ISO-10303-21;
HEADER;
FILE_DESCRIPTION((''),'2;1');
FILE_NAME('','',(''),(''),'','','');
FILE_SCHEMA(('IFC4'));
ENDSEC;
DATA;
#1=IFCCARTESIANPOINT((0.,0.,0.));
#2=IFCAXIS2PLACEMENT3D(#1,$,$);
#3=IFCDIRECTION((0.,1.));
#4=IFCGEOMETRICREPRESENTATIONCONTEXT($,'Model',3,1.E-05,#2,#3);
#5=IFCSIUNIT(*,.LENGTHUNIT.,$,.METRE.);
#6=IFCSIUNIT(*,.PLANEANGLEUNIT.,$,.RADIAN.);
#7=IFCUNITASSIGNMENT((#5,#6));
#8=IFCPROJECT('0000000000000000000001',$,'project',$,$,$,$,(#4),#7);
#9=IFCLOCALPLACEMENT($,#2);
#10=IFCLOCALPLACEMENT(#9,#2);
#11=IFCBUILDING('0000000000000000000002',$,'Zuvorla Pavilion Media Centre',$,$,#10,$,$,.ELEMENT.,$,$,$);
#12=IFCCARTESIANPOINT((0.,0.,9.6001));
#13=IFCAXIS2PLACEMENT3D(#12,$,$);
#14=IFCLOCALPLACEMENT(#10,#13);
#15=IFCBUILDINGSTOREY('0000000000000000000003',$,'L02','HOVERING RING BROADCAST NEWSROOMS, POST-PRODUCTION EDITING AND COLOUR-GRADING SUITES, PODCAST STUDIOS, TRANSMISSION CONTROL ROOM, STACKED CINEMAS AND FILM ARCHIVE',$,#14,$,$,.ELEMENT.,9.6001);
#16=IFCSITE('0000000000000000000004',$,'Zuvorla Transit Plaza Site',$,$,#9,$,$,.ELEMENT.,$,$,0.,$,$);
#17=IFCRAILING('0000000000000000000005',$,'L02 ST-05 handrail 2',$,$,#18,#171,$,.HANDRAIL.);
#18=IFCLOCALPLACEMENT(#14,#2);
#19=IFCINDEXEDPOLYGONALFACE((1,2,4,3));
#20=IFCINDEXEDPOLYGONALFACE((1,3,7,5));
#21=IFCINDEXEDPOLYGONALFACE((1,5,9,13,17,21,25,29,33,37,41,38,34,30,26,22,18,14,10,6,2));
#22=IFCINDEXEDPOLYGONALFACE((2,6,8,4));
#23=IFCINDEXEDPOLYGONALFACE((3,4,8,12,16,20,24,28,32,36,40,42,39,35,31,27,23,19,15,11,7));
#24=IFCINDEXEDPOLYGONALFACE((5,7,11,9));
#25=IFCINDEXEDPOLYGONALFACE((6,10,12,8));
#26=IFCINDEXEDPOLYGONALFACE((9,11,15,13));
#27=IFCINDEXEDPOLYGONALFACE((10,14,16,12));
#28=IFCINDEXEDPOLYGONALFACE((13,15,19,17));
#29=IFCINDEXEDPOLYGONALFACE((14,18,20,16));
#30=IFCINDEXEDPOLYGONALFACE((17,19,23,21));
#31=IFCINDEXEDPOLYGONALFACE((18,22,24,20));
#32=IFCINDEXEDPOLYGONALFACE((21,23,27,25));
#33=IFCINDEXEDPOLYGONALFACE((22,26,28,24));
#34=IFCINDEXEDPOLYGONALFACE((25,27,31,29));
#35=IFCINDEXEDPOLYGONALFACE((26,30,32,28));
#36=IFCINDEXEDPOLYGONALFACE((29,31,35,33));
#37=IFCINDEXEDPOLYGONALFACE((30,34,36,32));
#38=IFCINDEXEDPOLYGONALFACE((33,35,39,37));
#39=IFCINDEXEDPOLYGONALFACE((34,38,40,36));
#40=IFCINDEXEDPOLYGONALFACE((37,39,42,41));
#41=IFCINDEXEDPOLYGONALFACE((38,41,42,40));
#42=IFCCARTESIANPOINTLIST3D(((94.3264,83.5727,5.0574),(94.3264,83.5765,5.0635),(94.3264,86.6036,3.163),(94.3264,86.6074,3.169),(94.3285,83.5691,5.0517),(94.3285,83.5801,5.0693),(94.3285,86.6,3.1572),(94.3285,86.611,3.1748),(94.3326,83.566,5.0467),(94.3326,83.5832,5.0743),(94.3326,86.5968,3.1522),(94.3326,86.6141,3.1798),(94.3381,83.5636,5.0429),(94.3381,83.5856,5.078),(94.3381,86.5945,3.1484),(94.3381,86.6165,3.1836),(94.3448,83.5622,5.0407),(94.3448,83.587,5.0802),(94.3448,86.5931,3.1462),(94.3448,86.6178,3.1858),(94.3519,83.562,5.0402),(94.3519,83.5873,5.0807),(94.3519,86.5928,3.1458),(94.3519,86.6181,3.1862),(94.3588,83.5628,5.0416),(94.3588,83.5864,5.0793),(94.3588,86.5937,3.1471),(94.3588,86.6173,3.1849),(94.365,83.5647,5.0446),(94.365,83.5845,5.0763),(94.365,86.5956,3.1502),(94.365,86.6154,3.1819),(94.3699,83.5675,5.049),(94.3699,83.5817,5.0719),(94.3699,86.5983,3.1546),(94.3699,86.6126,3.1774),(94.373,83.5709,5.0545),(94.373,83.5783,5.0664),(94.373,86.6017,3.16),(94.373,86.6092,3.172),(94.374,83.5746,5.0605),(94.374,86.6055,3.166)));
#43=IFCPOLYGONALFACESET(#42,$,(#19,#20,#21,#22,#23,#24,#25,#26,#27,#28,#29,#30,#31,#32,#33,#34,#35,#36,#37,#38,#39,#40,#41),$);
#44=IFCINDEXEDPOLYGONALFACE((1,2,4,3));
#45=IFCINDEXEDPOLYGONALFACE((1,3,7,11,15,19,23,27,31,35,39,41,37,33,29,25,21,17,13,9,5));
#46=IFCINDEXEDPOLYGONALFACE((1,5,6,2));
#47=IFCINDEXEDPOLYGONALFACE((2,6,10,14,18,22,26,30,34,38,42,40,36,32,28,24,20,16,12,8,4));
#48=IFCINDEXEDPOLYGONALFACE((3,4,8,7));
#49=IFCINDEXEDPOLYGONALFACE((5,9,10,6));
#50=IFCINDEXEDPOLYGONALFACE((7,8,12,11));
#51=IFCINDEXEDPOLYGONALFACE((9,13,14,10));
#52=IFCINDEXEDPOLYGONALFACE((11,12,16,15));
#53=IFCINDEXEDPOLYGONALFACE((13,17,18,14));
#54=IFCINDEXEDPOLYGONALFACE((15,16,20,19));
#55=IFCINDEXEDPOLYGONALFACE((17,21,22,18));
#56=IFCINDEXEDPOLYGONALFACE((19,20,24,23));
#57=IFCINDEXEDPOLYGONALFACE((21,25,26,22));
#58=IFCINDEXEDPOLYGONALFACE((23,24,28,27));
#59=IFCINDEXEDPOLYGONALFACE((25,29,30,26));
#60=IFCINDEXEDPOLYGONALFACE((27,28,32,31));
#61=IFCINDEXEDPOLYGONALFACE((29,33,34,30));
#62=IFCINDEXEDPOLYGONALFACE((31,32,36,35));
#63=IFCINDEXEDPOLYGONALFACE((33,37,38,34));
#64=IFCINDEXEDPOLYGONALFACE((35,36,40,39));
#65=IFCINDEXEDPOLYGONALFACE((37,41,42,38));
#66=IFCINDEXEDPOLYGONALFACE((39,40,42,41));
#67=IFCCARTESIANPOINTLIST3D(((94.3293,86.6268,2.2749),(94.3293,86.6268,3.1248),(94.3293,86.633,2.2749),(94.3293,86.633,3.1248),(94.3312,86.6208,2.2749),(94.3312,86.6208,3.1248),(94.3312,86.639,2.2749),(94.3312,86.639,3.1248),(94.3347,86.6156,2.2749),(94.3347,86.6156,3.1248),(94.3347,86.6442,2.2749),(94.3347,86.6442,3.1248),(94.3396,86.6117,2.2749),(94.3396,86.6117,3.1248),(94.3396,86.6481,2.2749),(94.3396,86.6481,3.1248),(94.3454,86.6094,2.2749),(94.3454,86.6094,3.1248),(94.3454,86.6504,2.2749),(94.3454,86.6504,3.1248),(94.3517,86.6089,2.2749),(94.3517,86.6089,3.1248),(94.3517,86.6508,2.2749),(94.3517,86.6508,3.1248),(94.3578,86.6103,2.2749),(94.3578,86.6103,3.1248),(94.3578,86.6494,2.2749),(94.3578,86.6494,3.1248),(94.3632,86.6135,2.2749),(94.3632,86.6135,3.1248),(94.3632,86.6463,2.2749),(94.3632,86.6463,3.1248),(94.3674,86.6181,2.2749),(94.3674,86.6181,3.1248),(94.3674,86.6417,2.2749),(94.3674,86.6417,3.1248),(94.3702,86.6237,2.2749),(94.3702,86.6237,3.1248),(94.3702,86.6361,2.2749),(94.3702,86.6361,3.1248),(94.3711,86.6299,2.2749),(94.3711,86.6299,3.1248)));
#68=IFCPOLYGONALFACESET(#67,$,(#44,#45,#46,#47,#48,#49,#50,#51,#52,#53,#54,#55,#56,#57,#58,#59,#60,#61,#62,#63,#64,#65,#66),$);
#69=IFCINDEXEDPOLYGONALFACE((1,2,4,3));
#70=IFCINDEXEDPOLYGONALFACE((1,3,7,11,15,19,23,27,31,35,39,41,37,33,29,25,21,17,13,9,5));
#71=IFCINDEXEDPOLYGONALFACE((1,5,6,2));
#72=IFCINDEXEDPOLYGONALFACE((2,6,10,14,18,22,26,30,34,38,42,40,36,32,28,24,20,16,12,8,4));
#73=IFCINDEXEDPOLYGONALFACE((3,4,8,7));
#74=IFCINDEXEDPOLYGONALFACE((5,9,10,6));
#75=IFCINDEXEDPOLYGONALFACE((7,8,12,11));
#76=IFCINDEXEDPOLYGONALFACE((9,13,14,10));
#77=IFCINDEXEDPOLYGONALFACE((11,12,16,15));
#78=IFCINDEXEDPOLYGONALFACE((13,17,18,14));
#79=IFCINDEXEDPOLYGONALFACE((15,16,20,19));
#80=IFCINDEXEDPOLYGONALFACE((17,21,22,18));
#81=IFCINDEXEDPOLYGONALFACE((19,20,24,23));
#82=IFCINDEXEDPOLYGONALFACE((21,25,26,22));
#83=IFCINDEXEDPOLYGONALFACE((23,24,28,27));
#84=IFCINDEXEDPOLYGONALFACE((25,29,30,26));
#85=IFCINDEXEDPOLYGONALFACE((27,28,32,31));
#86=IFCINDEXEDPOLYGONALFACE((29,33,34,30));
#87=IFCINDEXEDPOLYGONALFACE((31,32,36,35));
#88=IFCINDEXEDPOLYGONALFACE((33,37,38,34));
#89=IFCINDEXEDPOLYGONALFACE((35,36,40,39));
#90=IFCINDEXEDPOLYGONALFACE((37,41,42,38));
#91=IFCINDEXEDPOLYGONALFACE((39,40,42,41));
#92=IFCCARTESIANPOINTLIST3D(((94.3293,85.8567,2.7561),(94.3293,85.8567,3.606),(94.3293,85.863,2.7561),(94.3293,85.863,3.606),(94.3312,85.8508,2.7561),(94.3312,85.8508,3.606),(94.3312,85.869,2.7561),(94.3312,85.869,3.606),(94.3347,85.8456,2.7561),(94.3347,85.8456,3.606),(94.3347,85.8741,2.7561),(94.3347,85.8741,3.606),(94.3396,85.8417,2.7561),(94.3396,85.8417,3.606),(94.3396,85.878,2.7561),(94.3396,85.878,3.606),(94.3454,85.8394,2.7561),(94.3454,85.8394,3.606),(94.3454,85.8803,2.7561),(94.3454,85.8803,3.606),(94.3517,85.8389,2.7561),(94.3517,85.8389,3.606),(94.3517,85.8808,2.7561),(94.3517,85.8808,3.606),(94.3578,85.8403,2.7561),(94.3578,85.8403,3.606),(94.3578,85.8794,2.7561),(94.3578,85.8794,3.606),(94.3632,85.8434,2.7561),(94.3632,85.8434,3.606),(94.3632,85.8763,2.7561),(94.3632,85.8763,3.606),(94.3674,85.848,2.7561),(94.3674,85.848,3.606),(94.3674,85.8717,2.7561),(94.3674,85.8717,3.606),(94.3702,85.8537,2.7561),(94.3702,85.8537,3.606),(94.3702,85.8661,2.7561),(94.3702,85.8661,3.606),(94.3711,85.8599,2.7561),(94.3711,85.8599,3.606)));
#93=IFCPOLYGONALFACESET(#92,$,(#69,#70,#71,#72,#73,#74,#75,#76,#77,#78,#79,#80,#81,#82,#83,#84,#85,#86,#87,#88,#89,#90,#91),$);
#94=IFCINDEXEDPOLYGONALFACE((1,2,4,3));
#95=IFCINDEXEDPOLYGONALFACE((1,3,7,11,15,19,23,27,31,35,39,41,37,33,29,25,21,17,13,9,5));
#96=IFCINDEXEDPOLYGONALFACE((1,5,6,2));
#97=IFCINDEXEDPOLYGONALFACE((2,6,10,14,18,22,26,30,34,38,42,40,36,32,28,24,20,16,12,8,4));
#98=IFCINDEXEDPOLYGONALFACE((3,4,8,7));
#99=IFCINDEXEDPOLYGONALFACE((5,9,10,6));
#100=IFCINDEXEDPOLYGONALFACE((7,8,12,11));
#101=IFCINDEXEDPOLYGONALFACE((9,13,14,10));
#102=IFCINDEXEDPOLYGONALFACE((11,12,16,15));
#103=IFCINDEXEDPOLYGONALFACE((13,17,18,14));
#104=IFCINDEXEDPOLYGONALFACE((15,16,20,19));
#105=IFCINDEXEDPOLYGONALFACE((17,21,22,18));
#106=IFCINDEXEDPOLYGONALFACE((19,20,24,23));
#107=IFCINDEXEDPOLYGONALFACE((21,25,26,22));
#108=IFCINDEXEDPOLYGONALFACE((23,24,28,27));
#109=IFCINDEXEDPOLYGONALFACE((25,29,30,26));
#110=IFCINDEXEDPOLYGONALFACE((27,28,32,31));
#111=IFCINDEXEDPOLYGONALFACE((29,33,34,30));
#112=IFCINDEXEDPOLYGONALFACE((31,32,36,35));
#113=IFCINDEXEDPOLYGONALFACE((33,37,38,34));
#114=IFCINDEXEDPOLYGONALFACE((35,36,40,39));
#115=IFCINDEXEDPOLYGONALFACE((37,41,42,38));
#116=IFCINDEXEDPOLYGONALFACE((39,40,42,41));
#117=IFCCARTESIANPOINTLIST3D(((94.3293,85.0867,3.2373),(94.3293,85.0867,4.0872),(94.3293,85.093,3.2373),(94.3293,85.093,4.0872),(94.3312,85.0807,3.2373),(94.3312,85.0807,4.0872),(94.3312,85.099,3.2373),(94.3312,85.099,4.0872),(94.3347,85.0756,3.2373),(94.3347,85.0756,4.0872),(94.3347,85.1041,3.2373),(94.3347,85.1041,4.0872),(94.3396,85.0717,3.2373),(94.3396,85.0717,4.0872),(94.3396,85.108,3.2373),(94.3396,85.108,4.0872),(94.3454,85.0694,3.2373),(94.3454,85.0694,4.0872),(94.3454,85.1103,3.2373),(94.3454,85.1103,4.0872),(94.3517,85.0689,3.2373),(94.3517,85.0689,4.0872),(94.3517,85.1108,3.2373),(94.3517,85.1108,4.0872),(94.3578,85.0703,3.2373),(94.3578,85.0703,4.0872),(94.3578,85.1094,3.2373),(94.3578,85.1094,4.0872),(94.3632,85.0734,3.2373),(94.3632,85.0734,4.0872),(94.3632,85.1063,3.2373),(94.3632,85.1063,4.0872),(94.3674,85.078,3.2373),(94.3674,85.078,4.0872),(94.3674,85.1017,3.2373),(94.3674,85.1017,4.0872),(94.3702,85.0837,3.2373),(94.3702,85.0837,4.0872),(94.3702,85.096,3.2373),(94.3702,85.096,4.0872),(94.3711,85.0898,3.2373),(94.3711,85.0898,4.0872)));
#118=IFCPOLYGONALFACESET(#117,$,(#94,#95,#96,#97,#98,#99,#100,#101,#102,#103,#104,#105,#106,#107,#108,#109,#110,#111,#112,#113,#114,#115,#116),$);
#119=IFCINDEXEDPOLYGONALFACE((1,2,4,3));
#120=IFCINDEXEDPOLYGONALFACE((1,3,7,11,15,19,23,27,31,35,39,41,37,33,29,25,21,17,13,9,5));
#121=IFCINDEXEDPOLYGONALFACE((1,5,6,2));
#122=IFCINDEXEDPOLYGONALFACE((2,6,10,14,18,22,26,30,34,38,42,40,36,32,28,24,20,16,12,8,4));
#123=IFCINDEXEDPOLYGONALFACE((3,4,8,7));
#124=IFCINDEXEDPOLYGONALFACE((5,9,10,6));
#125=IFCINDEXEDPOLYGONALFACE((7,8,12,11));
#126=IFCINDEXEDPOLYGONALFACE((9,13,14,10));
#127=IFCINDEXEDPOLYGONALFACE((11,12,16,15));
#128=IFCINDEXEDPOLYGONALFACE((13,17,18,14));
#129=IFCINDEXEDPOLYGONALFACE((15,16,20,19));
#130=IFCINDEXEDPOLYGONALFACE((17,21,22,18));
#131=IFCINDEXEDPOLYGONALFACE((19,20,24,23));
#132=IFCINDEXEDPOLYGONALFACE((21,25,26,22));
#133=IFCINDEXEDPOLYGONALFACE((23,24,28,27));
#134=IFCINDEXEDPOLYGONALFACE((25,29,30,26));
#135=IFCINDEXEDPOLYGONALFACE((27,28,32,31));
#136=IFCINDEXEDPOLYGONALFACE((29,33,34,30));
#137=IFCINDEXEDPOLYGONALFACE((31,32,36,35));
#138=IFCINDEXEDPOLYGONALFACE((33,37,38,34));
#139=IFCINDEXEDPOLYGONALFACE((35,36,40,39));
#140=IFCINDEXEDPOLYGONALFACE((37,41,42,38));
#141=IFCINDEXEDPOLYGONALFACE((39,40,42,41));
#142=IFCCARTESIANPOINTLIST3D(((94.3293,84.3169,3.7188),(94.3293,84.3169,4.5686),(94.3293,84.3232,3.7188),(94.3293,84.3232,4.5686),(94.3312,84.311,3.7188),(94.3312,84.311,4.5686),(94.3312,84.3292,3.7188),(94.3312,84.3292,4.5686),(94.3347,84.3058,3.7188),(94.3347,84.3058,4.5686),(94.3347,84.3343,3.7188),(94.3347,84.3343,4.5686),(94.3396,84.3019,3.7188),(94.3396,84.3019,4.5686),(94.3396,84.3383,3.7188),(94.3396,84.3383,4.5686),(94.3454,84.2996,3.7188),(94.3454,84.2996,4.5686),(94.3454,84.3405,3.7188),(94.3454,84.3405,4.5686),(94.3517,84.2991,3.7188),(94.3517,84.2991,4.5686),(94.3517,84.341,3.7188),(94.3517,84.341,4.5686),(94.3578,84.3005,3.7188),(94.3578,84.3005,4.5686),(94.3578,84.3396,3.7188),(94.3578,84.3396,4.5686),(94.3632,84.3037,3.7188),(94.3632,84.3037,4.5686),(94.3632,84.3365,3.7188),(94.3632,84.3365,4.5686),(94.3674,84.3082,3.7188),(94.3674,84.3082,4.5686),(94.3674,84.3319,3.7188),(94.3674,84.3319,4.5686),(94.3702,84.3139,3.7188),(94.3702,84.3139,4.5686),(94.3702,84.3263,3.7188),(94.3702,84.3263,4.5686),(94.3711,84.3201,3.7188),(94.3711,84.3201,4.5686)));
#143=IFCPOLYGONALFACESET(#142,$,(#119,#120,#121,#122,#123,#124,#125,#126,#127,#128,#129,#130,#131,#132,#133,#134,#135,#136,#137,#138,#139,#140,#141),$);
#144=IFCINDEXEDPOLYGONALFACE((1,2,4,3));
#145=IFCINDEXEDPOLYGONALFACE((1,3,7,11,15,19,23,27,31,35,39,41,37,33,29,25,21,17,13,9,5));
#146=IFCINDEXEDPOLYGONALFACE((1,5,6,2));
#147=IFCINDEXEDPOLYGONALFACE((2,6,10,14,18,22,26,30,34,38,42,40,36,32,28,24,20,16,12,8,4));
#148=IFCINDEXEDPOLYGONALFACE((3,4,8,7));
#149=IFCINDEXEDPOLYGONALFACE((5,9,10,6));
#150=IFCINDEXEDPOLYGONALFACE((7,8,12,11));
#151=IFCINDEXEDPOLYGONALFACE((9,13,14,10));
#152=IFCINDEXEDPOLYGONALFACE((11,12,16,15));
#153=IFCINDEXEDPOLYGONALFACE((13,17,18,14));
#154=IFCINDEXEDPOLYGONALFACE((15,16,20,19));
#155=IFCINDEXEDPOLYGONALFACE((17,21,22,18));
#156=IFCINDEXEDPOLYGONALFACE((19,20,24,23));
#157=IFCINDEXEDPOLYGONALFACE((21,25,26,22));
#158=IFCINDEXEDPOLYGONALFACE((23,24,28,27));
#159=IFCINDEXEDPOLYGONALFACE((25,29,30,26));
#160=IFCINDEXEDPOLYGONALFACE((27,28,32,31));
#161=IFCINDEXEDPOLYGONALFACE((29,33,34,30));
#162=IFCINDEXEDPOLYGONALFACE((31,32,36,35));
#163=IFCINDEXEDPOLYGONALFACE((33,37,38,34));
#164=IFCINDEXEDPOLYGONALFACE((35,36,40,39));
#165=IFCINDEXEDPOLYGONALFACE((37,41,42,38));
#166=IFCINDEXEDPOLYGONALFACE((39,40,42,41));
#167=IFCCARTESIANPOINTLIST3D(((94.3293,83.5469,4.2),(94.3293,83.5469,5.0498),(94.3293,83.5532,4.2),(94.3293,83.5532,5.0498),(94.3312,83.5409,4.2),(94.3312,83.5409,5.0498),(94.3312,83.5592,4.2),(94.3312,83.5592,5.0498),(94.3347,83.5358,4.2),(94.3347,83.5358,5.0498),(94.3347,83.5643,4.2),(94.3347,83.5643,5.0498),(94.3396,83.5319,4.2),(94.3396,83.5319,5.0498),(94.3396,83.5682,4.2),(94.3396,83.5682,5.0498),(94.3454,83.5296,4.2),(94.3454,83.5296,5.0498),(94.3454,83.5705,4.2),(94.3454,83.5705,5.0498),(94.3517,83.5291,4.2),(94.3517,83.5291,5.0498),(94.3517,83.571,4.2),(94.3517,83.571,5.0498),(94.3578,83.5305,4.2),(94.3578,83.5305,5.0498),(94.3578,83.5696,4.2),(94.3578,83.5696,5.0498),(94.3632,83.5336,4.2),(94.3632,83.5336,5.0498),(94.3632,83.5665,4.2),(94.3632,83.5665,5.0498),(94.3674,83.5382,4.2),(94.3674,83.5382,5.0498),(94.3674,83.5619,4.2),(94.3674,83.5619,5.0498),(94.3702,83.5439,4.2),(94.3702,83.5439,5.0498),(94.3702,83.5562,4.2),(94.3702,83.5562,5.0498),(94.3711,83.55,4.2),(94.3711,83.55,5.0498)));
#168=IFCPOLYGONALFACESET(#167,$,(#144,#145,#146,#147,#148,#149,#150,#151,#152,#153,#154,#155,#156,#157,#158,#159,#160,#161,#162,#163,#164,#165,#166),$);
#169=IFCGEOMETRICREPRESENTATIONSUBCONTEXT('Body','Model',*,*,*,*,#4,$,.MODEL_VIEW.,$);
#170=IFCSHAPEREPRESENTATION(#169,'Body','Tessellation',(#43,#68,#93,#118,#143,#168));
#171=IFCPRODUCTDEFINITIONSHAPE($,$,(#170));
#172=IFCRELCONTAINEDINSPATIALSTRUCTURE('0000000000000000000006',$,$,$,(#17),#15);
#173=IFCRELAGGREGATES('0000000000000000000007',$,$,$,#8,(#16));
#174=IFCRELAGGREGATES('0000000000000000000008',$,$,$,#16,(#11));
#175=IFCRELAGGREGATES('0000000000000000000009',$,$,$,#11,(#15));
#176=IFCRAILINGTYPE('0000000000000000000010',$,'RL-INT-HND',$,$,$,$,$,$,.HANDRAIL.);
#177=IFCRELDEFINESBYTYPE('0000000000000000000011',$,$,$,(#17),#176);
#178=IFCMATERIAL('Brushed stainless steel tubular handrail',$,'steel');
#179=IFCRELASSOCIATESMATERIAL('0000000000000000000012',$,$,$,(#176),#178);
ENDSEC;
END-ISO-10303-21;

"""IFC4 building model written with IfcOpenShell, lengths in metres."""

from ifc_helpers import new_model, si_unit, direction, frame, origin, origin_2d, place, context, subcontext, project, spatial, circle, extrude, material, type_object, element, save


model = new_model("IFC4")

# Units and contexts
model_context = context("Model", 3, precision=1e-05, world=origin(), true_north=direction((0.0, 1.0)))
body_context = subcontext(model_context, "Body", "Model", "MODEL_VIEW")
ifc_project = project(units=[si_unit("LENGTHUNIT", "METRE"), si_unit("PLANEANGLEUNIT", "RADIAN")], contexts=[model_context])

# Site, building, storey
site_placement = place(None, origin())
site = spatial("IfcSite", under=ifc_project, at=site_placement, Name="Zuvorla Transit Plaza Site", CompositionType="ELEMENT", RefElevation=0.0)
building_placement = place(site_placement, origin())
building = spatial("IfcBuilding", under=site, at=building_placement, Name="Zuvorla Pavilion Media Centre", CompositionType="ELEMENT")
storey_placement = place(building_placement, frame((0.0, 0.0, 9.6001)))
storey = spatial("IfcBuildingStorey", under=building, at=storey_placement, Name="L02", Description="HOVERING RING BROADCAST NEWSROOMS, POST-PRODUCTION EDITING AND COLOUR-GRADING SUITES, PODCAST STUDIOS, TRANSMISSION CONTROL ROOM, STACKED CINEMAS AND FILM ARCHIVE", CompositionType="ELEMENT", Elevation=9.6001)

# Railing
ifc_material_1 = material(Name="Brushed stainless steel tubular handrail", Category="steel")
railing_type_1 = type_object("IfcRailingType", Name="RL-INT-HND", PredefinedType="HANDRAIL", material=ifc_material_1)
railing_1_placement = place(storey_placement, frame((94.3501, 86.6299, 2.2749)))
element("IfcRailing", 1, at=railing_1_placement, inside=storey, type_object=railing_type_1, Name="L02 ST-05 handrail 2", PredefinedType="HANDRAIL", context=body_context, shape_type="SweptSolid", body=[
    extrude(circle(Radius=0.0239, at=origin_2d()), frame((0.0, -0.0244, 0.8911), z_axis=(0.0, -0.847979, 0.530029), x_axis=(1.0, 0.0, 0.0)), (0.0, 0.0, 1.0), 3.5742),
    extrude(circle(Radius=0.021, at=origin_2d()), origin(), (0.0, 0.0, 1.0), 0.8499),
    extrude(circle(Radius=0.021, at=origin_2d()), frame((0.0, -0.77, 0.4812)), (0.0, 0.0, 1.0), 0.8499),
    extrude(circle(Radius=0.021, at=origin_2d()), frame((0.0, -1.54, 0.9624)), (0.0, 0.0, 1.0), 0.8499),
    extrude(circle(Radius=0.021, at=origin_2d()), frame((0.0, -2.3098, 1.4438)), (0.0, 0.0, 1.0), 0.8499),
    extrude(circle(Radius=0.021, at=origin_2d()), frame((0.0, -3.0798, 1.925)), (0.0, 0.0, 1.0), 0.8499),
])

save(model, "model.ifc")
